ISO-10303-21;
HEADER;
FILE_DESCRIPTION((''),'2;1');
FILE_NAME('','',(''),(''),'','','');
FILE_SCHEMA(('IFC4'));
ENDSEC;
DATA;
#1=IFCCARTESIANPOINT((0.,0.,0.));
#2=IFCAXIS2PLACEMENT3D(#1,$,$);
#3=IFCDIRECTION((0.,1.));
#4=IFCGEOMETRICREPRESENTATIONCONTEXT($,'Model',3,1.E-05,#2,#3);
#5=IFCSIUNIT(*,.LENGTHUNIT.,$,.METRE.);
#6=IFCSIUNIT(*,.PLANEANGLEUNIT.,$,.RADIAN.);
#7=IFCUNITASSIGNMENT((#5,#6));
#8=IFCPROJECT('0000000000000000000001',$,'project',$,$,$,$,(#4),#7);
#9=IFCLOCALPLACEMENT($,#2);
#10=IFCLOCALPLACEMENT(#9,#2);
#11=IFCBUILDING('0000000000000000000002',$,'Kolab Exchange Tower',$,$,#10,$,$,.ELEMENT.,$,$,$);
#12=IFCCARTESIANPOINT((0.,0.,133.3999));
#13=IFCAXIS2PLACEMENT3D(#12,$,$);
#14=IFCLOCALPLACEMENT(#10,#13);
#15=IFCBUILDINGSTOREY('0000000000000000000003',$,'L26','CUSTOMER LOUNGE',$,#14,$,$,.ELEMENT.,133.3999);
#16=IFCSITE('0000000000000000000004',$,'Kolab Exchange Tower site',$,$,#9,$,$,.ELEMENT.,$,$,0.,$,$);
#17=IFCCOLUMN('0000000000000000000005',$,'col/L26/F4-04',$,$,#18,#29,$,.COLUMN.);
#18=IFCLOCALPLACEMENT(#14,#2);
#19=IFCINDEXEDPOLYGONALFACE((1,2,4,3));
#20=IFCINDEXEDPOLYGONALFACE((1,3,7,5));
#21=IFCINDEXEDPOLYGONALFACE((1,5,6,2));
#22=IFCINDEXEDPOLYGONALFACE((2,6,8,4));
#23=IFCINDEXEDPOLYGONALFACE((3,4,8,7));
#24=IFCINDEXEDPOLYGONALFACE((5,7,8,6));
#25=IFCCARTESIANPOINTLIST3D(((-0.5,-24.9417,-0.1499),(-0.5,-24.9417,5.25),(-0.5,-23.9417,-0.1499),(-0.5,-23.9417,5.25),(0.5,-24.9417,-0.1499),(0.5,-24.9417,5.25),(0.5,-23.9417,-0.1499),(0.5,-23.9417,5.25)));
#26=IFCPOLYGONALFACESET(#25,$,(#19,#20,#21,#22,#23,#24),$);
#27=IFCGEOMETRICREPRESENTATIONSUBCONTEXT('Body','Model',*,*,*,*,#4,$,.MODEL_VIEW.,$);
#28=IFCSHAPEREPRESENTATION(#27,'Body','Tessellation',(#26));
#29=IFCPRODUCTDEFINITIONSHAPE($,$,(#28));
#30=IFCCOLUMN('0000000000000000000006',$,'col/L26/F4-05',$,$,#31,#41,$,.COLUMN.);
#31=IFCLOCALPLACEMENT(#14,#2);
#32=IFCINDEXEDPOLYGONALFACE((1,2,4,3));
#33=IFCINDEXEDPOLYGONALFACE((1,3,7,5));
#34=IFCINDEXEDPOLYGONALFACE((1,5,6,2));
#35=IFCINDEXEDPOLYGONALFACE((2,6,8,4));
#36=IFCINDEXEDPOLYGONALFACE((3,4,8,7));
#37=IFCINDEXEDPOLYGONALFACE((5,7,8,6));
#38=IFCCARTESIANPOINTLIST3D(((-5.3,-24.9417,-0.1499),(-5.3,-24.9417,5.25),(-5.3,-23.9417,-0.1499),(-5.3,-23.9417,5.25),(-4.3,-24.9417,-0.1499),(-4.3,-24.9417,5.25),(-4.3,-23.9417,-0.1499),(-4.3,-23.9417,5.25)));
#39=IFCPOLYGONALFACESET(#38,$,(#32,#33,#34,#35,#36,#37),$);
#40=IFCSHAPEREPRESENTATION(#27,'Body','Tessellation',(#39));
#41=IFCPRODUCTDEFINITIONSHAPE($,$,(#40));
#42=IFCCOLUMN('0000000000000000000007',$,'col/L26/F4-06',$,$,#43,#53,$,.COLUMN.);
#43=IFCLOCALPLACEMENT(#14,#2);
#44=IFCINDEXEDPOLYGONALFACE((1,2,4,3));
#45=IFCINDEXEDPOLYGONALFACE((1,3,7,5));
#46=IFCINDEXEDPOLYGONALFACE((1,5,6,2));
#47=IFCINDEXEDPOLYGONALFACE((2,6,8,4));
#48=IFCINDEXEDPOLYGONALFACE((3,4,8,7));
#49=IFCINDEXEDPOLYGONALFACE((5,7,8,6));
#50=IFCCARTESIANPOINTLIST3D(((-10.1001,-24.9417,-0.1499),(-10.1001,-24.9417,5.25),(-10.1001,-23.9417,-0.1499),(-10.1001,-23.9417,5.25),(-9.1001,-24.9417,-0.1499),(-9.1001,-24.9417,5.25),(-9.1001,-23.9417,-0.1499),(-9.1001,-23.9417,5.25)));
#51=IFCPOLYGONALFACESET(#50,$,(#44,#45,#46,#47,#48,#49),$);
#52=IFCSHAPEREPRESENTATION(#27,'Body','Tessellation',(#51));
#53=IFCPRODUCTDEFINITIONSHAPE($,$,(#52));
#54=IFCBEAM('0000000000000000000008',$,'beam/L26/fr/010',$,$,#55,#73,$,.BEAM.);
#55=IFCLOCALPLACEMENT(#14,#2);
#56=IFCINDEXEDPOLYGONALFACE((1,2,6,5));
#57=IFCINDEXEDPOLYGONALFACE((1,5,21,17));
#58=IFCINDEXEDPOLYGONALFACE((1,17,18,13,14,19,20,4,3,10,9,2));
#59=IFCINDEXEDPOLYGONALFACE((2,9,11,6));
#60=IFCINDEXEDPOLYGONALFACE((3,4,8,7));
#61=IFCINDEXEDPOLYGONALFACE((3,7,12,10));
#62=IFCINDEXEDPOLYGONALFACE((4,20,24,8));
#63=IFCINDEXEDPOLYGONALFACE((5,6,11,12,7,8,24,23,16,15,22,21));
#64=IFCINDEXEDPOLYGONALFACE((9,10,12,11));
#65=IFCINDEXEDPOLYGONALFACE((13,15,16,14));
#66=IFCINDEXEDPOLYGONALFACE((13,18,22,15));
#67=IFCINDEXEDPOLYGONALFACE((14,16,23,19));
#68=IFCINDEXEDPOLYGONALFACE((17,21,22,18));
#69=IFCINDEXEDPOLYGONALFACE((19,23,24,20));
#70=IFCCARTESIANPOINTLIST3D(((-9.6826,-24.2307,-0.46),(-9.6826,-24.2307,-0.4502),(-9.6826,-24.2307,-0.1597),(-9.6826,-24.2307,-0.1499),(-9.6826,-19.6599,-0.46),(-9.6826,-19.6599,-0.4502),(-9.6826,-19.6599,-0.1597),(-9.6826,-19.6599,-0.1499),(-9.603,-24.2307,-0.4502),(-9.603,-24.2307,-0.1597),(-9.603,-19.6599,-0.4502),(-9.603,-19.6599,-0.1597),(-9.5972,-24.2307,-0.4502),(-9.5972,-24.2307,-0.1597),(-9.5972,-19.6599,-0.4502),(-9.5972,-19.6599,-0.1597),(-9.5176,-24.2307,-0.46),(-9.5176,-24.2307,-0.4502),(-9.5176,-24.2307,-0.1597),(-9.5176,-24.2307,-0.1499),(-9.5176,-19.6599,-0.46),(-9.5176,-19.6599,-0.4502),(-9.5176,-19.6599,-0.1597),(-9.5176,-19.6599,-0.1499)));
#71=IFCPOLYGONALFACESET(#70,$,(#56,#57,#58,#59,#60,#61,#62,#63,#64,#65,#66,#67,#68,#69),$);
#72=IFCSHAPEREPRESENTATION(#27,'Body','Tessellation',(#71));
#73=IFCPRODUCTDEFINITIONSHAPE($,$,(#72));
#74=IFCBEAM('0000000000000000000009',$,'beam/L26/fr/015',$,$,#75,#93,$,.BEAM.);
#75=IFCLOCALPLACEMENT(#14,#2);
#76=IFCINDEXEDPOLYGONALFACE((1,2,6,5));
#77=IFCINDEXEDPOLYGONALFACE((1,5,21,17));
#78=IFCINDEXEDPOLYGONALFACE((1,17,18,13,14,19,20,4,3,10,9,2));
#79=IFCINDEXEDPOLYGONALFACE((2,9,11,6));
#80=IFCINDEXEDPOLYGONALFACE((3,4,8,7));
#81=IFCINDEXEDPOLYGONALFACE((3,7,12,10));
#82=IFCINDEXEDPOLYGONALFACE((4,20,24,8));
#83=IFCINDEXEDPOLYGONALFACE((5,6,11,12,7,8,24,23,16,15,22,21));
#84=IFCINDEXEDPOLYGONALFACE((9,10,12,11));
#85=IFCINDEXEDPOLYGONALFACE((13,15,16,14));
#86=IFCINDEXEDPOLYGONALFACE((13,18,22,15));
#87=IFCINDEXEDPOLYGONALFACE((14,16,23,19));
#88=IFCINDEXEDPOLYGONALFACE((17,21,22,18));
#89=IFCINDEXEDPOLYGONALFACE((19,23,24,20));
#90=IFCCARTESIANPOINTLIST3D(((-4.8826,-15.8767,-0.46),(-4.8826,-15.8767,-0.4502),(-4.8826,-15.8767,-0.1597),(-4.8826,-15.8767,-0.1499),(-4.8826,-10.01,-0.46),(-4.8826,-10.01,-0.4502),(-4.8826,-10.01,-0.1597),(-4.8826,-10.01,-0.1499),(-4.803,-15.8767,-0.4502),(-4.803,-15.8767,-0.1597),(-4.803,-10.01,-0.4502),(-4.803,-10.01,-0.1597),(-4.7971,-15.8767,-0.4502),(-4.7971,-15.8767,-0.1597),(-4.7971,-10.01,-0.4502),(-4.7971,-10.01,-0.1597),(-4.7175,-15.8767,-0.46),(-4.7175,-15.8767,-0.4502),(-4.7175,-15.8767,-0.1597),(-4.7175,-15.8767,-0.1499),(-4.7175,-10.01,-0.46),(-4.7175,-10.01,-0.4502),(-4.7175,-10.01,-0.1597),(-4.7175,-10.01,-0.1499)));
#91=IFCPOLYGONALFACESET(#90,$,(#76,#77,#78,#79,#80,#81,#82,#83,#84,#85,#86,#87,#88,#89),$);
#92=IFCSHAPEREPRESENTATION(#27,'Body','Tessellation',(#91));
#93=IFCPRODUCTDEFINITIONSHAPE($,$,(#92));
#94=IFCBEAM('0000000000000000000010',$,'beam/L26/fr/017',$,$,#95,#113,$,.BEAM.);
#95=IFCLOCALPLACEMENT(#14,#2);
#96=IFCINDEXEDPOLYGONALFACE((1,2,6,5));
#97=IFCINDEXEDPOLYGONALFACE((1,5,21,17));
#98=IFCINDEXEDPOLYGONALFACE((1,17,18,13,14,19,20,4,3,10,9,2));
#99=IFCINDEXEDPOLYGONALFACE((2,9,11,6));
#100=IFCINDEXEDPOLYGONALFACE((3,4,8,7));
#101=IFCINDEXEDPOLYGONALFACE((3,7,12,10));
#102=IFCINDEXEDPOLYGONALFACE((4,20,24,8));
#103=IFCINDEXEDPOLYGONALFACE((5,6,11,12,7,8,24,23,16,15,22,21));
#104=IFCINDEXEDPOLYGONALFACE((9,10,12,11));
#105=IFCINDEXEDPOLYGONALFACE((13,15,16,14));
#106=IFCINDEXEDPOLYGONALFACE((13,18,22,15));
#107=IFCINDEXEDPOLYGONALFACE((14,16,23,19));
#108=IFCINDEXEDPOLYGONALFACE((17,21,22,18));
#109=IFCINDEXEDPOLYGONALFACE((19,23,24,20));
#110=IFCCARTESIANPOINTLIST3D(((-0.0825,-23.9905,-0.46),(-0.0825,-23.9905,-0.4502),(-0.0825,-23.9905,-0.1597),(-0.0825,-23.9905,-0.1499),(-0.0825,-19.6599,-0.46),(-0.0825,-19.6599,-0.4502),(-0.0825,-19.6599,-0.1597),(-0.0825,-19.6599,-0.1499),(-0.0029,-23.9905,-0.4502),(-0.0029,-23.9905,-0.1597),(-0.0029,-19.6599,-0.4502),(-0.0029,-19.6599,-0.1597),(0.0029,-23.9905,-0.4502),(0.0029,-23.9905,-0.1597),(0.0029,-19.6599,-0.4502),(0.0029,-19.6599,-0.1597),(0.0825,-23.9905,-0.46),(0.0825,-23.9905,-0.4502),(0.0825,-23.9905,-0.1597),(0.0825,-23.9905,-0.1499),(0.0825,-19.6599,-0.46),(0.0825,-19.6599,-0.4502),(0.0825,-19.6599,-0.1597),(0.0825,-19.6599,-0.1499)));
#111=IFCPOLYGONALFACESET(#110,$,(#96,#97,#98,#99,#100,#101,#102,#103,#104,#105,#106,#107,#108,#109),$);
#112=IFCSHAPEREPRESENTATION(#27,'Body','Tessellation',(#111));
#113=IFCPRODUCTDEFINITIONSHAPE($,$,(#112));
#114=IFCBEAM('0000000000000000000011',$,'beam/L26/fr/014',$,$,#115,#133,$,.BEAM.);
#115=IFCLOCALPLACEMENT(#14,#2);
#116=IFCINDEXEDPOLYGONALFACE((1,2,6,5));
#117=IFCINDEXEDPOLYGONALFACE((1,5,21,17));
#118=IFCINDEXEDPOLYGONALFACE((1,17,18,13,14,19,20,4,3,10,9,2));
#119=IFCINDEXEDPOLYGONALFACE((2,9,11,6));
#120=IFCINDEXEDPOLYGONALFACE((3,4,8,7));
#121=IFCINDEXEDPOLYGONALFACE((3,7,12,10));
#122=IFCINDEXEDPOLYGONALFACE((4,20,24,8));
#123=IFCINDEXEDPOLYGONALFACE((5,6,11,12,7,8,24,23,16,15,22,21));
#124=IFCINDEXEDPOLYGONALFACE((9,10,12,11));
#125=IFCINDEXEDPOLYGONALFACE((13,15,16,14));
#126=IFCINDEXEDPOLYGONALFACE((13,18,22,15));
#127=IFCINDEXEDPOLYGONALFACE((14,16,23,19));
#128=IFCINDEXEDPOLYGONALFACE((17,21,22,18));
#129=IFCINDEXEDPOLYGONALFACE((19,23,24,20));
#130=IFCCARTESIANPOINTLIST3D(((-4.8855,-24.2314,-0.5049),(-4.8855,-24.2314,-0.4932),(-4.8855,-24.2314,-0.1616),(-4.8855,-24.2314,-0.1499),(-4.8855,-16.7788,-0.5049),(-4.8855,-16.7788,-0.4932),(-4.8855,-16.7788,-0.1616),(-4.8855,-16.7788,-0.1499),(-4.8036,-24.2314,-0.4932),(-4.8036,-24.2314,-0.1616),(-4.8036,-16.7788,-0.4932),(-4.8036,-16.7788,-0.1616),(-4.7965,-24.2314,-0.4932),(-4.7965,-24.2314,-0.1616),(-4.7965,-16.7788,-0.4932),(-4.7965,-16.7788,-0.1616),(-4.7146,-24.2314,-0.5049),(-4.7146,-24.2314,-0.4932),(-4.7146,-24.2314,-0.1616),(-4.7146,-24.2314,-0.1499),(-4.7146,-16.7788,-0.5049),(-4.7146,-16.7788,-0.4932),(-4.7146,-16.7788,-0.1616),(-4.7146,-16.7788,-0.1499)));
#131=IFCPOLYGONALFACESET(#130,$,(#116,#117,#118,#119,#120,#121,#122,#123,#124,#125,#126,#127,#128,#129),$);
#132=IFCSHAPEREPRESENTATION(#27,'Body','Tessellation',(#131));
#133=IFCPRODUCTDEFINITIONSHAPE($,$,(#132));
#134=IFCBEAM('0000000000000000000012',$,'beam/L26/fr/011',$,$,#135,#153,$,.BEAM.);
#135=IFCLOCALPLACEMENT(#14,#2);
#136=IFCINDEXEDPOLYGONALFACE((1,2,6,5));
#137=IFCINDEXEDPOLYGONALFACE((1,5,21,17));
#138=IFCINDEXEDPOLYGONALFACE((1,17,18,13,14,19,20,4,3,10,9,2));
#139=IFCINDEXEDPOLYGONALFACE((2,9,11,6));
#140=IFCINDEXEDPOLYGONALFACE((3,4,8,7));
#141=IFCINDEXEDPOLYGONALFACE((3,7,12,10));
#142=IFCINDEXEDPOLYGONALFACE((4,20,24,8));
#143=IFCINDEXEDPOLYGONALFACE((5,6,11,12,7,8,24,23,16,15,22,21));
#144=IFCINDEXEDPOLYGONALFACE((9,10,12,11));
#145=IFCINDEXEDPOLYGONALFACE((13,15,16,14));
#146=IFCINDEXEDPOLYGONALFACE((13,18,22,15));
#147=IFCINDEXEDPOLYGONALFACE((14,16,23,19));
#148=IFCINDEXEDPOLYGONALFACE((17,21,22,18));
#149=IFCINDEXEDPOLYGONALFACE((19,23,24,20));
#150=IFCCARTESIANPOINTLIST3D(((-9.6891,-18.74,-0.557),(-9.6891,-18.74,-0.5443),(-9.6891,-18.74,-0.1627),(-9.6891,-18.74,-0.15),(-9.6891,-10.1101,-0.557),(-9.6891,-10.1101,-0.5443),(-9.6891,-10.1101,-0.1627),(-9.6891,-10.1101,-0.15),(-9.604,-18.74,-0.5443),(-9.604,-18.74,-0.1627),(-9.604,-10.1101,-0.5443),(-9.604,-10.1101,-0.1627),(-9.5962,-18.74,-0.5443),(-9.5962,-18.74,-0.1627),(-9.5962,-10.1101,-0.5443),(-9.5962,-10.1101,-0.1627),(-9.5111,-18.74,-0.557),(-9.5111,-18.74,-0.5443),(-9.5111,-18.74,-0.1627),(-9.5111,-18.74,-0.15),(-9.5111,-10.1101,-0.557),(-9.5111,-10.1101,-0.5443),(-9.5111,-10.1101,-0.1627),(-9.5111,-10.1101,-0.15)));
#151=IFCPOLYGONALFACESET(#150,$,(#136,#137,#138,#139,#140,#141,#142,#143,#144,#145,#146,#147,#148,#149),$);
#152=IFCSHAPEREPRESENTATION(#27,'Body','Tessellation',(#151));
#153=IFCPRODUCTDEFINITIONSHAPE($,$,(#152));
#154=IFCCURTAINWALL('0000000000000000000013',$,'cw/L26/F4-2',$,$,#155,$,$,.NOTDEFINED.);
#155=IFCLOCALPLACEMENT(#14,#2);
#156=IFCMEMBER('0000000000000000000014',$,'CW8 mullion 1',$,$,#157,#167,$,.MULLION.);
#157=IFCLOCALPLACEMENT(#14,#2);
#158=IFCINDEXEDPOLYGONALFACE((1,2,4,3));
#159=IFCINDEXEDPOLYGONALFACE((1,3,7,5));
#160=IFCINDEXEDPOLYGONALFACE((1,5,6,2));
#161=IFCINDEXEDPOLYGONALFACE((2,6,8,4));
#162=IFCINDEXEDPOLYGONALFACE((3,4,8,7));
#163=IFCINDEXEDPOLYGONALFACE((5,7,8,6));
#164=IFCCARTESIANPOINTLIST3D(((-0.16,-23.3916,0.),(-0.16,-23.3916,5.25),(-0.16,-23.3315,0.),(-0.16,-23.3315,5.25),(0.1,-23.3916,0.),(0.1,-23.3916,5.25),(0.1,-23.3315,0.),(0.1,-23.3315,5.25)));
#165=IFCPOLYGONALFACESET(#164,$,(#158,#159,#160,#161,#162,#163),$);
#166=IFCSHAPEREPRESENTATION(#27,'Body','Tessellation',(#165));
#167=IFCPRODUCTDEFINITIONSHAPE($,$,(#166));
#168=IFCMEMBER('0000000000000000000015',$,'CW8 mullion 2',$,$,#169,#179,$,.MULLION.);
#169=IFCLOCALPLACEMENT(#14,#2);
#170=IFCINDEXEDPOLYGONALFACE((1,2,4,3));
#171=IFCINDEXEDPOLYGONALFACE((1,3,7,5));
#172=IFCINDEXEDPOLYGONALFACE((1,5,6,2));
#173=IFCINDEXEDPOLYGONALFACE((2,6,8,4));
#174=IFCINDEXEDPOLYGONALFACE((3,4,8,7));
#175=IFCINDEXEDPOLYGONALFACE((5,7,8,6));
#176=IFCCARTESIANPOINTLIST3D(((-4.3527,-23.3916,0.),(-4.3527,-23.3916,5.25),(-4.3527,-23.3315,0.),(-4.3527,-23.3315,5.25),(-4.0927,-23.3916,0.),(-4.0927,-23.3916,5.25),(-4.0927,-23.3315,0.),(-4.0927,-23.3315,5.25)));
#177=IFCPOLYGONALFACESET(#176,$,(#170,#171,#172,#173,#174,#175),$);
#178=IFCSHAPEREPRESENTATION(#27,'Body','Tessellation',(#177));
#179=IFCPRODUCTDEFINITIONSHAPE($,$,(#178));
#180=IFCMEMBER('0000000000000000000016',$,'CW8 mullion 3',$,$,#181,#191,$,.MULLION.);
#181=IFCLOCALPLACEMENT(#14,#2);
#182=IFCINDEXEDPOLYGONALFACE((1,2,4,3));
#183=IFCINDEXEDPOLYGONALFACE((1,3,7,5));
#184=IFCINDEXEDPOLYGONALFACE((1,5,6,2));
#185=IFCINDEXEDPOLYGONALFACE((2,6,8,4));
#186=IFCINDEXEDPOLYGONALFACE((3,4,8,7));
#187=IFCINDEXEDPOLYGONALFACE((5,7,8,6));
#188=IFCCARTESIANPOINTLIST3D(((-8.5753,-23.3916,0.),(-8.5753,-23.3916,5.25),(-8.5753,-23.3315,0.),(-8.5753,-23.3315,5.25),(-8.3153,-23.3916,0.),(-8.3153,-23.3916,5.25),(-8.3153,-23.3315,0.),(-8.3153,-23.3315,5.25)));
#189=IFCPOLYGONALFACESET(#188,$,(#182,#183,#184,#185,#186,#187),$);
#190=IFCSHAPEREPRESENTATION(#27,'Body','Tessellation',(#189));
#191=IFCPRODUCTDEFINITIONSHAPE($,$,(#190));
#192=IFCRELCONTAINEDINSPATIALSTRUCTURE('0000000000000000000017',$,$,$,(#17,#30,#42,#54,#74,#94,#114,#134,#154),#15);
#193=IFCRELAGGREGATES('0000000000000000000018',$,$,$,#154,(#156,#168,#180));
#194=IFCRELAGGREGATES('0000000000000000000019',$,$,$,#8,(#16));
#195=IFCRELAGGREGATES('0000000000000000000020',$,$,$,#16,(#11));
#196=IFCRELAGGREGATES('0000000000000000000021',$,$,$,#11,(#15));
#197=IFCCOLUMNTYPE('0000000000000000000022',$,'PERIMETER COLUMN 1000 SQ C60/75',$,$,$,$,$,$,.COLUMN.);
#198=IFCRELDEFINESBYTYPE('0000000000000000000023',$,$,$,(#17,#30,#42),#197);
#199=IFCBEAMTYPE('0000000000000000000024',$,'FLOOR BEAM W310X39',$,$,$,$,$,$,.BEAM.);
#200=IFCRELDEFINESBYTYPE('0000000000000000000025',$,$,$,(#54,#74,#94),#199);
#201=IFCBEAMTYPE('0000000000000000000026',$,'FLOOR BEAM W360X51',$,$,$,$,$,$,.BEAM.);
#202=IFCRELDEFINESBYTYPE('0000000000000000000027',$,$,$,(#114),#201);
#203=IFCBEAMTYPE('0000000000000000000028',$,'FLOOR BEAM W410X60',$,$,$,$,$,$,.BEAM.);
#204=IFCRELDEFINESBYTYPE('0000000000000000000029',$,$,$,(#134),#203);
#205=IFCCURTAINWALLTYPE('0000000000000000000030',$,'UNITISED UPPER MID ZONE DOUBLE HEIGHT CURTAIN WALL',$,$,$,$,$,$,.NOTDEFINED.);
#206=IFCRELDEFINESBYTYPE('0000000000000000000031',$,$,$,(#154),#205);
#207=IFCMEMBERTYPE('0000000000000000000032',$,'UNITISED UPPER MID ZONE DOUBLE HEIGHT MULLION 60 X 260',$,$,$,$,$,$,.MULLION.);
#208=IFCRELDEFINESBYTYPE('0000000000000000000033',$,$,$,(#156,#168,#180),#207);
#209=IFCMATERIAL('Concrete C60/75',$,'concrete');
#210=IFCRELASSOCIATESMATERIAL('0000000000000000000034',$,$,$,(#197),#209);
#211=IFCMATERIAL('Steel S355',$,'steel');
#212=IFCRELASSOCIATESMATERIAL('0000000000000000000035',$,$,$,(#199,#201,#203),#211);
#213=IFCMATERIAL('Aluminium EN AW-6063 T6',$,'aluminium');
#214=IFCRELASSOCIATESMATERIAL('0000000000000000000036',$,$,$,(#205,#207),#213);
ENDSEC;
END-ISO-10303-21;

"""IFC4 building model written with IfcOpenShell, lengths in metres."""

from ifc_helpers import new_model, si_unit, direction, frame, origin, origin_2d, place, context, subcontext, project, spatial, rectangle, i_section, extrude, material, material_profile, profile_set, type_object, element, aggregate, save


model = new_model("IFC4")

# Units and contexts
model_context = context("Model", 3, precision=1e-05, world=origin(), true_north=direction((0.0, 1.0)))
body_context = subcontext(model_context, "Body", "Model", "MODEL_VIEW")
ifc_project = project(units=[si_unit("LENGTHUNIT", "METRE"), si_unit("PLANEANGLEUNIT", "RADIAN")], contexts=[model_context])

# Site, building, storey
site_placement = place(None, origin())
site = spatial("IfcSite", under=ifc_project, at=site_placement, Name="Kolab Exchange Tower site", CompositionType="ELEMENT", RefElevation=0.0)
building_placement = place(site_placement, origin())
building = spatial("IfcBuilding", under=site, at=building_placement, Name="Kolab Exchange Tower", CompositionType="ELEMENT")
storey_placement = place(building_placement, frame((0.0, 0.0, 133.3999)))
storey = spatial("IfcBuildingStorey", under=building, at=storey_placement, Name="L26", Description="CUSTOMER LOUNGE", CompositionType="ELEMENT", Elevation=133.3999)

# Columns
ifc_material_1 = material(Name="Concrete C60/75", Category="concrete")
ifc_material_profile_1 = material_profile(ifc_material_1, rectangle(XDim=1.0, YDim=1.0, at=origin_2d()), Name="RC1000")
ifc_profile_set_1 = profile_set([ifc_material_profile_1], Name="Concrete C60/75")
column_type = type_object("IfcColumnType", Name="PERIMETER COLUMN 1000 SQ C60/75", PredefinedType="COLUMN", material=ifc_profile_set_1)
for number, where, z_axis, x_axis, name in (
    (1, (0.0, -24.4417, -0.1499), (0.0, 0.0, 1.0), (1.0, 0.0, 0.0), "col/L26/F4-04"),
    (2, (-4.8, -24.4417, -0.1499), (0.0, 0.0, 1.0), (1.0, 0.0, 0.0), "col/L26/F4-05"),
    (3, (-9.6001, -24.4417, -0.1499), (0.0, 0.0, 1.0), (1.0, 0.0, 0.0), "col/L26/F4-06"),
):
    element("IfcColumn", number, at=place(storey_placement, frame(where, z_axis=z_axis, x_axis=x_axis)), inside=storey, type_object=column_type, Name=name, PredefinedType="COLUMN", context=body_context, shape_type="SweptSolid", body=[
        extrude(rectangle(XDim=1.0, YDim=1.0, at=origin_2d()), origin(), (0.0, 0.0, 1.0), 5.3999),
    ])

# Beams
ifc_material_2 = material(Name="Steel S355", Category="steel")
ifc_material_profile_2 = material_profile(ifc_material_2, i_section(OverallWidth=0.165, OverallDepth=0.3101, WebThickness=0.0059, FlangeThickness=0.0098, at=origin_2d()), Name="W310X39")
ifc_profile_set_2 = profile_set([ifc_material_profile_2], Name="Steel S355")
beam_type_1 = type_object("IfcBeamType", Name="FLOOR BEAM W310X39", PredefinedType="BEAM", material=ifc_profile_set_2)
beam_1_placement = place(storey_placement, frame((-9.6001, -24.2307, -0.3049), z_axis=(0.0, 1.0, 0.0), x_axis=(-1.0, 0.0, 0.0)))
element("IfcBeam", 4, at=beam_1_placement, inside=storey, type_object=beam_type_1, Name="beam/L26/fr/010", PredefinedType="BEAM", context=body_context, shape_type="SweptSolid", body=[
    extrude(i_section(OverallWidth=0.165, OverallDepth=0.3101, WebThickness=0.0059, FlangeThickness=0.0098, at=origin_2d()), origin(), (0.0, 0.0, 1.0), 4.5708),
])
beam_2_placement = place(storey_placement, frame((-4.8, -15.8767, -0.3049), z_axis=(0.0, 1.0, 0.0), x_axis=(-1.0, 0.0, 0.0)))
element("IfcBeam", 5, at=beam_2_placement, inside=storey, type_object=beam_type_1, Name="beam/L26/fr/015", PredefinedType="BEAM", context=body_context, shape_type="SweptSolid", body=[
    extrude(i_section(OverallWidth=0.165, OverallDepth=0.3101, WebThickness=0.0059, FlangeThickness=0.0098, at=origin_2d()), origin(), (0.0, 0.0, 1.0), 5.8667),
])
beam_3_placement = place(storey_placement, frame((0.0, -23.9905, -0.3049), z_axis=(0.0, 1.0, 0.0), x_axis=(-1.0, 0.0, 0.0)))
element("IfcBeam", 6, at=beam_3_placement, inside=storey, type_object=beam_type_1, Name="beam/L26/fr/017", PredefinedType="BEAM", context=body_context, shape_type="SweptSolid", body=[
    extrude(i_section(OverallWidth=0.165, OverallDepth=0.3101, WebThickness=0.0059, FlangeThickness=0.0098, at=origin_2d()), origin(), (0.0, 0.0, 1.0), 4.3306),
])
ifc_material_profile_3 = material_profile(ifc_material_2, i_section(OverallWidth=0.1709, OverallDepth=0.355, WebThickness=0.0071, FlangeThickness=0.0117, at=origin_2d()), Name="W360X51")
ifc_profile_set_3 = profile_set([ifc_material_profile_3], Name="Steel S355")
beam_type_2 = type_object("IfcBeamType", Name="FLOOR BEAM W360X51", PredefinedType="BEAM", material=ifc_profile_set_3)
beam_4_placement = place(storey_placement, frame((-4.8, -24.2314, -0.3274), z_axis=(0.0, 1.0, 0.0), x_axis=(-1.0, 0.0, 0.0)))
element("IfcBeam", 7, at=beam_4_placement, inside=storey, type_object=beam_type_2, Name="beam/L26/fr/014", PredefinedType="BEAM", context=body_context, shape_type="SweptSolid", body=[
    extrude(i_section(OverallWidth=0.1709, OverallDepth=0.355, WebThickness=0.0071, FlangeThickness=0.0117, at=origin_2d()), origin(), (0.0, 0.0, 1.0), 7.4526),
])
ifc_material_profile_4 = material_profile(ifc_material_2, i_section(OverallWidth=0.178, OverallDepth=0.407, WebThickness=0.0078, FlangeThickness=0.0127, at=origin_2d()), Name="W410X60")
ifc_profile_set_4 = profile_set([ifc_material_profile_4], Name="Steel S355")
beam_type_3 = type_object("IfcBeamType", Name="FLOOR BEAM W410X60", PredefinedType="BEAM", material=ifc_profile_set_4)
beam_5_placement = place(storey_placement, frame((-9.6001, -18.74, -0.3535), z_axis=(0.0, 1.0, 0.0), x_axis=(-1.0, 0.0, 0.0)))
element("IfcBeam", 8, at=beam_5_placement, inside=storey, type_object=beam_type_3, Name="beam/L26/fr/011", PredefinedType="BEAM", context=body_context, shape_type="SweptSolid", body=[
    extrude(i_section(OverallWidth=0.178, OverallDepth=0.407, WebThickness=0.0078, FlangeThickness=0.0127, at=origin_2d()), origin(), (0.0, 0.0, 1.0), 8.6299),
])

# Curtain wall, members
ifc_material_3 = material(Name="Aluminium EN AW-6063 T6", Category="aluminium")
curtain_wall_type = type_object("IfcCurtainWallType", Name="UNITISED UPPER MID ZONE DOUBLE HEIGHT CURTAIN WALL", PredefinedType="NOTDEFINED", material=ifc_material_3)
curtain_wall_placement = place(storey_placement, origin())
curtain_wall = element("IfcCurtainWall", 9, at=curtain_wall_placement, inside=storey, type_object=curtain_wall_type, Name="cw/L26/F4-2", PredefinedType="NOTDEFINED")
ifc_material_profile_5 = material_profile(ifc_material_3, rectangle(XDim=0.0601, YDim=0.26, at=origin_2d()), Name="RECT 60X260")
ifc_profile_set_5 = profile_set([ifc_material_profile_5], Name="Aluminium EN AW-6063 T6")
member_type_1 = type_object("IfcMemberType", Name="UNITISED UPPER MID ZONE DOUBLE HEIGHT MULLION 60 X 260", PredefinedType="MULLION", material=ifc_profile_set_5)
member_1_placement = place(storey_placement, frame((-0.03, -23.3616, 0.0), z_axis=(0.0, 0.0, 1.0), x_axis=(0.0, -1.0, 0.0)))
member_1 = element("IfcMember", 10, at=member_1_placement, type_object=member_type_1, Name="CW8 mullion 1", PredefinedType="MULLION", context=body_context, shape_type="SweptSolid", body=[
    extrude(rectangle(XDim=0.0601, YDim=0.26, at=origin_2d()), origin(), (0.0, 0.0, 1.0), 5.25),
])
member_2_placement = place(storey_placement, frame((-4.2227, -23.3616, 0.0), z_axis=(0.0, 0.0, 1.0), x_axis=(0.0, -1.0, 0.0)))
member_2 = element("IfcMember", 11, at=member_2_placement, type_object=member_type_1, Name="CW8 mullion 2", PredefinedType="MULLION", context=body_context, shape_type="SweptSolid", body=[
    extrude(rectangle(XDim=0.0601, YDim=0.26, at=origin_2d()), origin(), (0.0, 0.0, 1.0), 5.25),
])
member_3_placement = place(storey_placement, frame((-8.4453, -23.3616, 0.0), z_axis=(0.0, 0.0, 1.0), x_axis=(0.0, -1.0, 0.0)))
member_3 = element("IfcMember", 12, at=member_3_placement, type_object=member_type_1, Name="CW8 mullion 3", PredefinedType="MULLION", context=body_context, shape_type="SweptSolid", body=[
    extrude(rectangle(XDim=0.0601, YDim=0.26, at=origin_2d()), origin(), (0.0, 0.0, 1.0), 5.25),
])
aggregate(curtain_wall, [member_1, member_2, member_3])

save(model, "model.ifc")
